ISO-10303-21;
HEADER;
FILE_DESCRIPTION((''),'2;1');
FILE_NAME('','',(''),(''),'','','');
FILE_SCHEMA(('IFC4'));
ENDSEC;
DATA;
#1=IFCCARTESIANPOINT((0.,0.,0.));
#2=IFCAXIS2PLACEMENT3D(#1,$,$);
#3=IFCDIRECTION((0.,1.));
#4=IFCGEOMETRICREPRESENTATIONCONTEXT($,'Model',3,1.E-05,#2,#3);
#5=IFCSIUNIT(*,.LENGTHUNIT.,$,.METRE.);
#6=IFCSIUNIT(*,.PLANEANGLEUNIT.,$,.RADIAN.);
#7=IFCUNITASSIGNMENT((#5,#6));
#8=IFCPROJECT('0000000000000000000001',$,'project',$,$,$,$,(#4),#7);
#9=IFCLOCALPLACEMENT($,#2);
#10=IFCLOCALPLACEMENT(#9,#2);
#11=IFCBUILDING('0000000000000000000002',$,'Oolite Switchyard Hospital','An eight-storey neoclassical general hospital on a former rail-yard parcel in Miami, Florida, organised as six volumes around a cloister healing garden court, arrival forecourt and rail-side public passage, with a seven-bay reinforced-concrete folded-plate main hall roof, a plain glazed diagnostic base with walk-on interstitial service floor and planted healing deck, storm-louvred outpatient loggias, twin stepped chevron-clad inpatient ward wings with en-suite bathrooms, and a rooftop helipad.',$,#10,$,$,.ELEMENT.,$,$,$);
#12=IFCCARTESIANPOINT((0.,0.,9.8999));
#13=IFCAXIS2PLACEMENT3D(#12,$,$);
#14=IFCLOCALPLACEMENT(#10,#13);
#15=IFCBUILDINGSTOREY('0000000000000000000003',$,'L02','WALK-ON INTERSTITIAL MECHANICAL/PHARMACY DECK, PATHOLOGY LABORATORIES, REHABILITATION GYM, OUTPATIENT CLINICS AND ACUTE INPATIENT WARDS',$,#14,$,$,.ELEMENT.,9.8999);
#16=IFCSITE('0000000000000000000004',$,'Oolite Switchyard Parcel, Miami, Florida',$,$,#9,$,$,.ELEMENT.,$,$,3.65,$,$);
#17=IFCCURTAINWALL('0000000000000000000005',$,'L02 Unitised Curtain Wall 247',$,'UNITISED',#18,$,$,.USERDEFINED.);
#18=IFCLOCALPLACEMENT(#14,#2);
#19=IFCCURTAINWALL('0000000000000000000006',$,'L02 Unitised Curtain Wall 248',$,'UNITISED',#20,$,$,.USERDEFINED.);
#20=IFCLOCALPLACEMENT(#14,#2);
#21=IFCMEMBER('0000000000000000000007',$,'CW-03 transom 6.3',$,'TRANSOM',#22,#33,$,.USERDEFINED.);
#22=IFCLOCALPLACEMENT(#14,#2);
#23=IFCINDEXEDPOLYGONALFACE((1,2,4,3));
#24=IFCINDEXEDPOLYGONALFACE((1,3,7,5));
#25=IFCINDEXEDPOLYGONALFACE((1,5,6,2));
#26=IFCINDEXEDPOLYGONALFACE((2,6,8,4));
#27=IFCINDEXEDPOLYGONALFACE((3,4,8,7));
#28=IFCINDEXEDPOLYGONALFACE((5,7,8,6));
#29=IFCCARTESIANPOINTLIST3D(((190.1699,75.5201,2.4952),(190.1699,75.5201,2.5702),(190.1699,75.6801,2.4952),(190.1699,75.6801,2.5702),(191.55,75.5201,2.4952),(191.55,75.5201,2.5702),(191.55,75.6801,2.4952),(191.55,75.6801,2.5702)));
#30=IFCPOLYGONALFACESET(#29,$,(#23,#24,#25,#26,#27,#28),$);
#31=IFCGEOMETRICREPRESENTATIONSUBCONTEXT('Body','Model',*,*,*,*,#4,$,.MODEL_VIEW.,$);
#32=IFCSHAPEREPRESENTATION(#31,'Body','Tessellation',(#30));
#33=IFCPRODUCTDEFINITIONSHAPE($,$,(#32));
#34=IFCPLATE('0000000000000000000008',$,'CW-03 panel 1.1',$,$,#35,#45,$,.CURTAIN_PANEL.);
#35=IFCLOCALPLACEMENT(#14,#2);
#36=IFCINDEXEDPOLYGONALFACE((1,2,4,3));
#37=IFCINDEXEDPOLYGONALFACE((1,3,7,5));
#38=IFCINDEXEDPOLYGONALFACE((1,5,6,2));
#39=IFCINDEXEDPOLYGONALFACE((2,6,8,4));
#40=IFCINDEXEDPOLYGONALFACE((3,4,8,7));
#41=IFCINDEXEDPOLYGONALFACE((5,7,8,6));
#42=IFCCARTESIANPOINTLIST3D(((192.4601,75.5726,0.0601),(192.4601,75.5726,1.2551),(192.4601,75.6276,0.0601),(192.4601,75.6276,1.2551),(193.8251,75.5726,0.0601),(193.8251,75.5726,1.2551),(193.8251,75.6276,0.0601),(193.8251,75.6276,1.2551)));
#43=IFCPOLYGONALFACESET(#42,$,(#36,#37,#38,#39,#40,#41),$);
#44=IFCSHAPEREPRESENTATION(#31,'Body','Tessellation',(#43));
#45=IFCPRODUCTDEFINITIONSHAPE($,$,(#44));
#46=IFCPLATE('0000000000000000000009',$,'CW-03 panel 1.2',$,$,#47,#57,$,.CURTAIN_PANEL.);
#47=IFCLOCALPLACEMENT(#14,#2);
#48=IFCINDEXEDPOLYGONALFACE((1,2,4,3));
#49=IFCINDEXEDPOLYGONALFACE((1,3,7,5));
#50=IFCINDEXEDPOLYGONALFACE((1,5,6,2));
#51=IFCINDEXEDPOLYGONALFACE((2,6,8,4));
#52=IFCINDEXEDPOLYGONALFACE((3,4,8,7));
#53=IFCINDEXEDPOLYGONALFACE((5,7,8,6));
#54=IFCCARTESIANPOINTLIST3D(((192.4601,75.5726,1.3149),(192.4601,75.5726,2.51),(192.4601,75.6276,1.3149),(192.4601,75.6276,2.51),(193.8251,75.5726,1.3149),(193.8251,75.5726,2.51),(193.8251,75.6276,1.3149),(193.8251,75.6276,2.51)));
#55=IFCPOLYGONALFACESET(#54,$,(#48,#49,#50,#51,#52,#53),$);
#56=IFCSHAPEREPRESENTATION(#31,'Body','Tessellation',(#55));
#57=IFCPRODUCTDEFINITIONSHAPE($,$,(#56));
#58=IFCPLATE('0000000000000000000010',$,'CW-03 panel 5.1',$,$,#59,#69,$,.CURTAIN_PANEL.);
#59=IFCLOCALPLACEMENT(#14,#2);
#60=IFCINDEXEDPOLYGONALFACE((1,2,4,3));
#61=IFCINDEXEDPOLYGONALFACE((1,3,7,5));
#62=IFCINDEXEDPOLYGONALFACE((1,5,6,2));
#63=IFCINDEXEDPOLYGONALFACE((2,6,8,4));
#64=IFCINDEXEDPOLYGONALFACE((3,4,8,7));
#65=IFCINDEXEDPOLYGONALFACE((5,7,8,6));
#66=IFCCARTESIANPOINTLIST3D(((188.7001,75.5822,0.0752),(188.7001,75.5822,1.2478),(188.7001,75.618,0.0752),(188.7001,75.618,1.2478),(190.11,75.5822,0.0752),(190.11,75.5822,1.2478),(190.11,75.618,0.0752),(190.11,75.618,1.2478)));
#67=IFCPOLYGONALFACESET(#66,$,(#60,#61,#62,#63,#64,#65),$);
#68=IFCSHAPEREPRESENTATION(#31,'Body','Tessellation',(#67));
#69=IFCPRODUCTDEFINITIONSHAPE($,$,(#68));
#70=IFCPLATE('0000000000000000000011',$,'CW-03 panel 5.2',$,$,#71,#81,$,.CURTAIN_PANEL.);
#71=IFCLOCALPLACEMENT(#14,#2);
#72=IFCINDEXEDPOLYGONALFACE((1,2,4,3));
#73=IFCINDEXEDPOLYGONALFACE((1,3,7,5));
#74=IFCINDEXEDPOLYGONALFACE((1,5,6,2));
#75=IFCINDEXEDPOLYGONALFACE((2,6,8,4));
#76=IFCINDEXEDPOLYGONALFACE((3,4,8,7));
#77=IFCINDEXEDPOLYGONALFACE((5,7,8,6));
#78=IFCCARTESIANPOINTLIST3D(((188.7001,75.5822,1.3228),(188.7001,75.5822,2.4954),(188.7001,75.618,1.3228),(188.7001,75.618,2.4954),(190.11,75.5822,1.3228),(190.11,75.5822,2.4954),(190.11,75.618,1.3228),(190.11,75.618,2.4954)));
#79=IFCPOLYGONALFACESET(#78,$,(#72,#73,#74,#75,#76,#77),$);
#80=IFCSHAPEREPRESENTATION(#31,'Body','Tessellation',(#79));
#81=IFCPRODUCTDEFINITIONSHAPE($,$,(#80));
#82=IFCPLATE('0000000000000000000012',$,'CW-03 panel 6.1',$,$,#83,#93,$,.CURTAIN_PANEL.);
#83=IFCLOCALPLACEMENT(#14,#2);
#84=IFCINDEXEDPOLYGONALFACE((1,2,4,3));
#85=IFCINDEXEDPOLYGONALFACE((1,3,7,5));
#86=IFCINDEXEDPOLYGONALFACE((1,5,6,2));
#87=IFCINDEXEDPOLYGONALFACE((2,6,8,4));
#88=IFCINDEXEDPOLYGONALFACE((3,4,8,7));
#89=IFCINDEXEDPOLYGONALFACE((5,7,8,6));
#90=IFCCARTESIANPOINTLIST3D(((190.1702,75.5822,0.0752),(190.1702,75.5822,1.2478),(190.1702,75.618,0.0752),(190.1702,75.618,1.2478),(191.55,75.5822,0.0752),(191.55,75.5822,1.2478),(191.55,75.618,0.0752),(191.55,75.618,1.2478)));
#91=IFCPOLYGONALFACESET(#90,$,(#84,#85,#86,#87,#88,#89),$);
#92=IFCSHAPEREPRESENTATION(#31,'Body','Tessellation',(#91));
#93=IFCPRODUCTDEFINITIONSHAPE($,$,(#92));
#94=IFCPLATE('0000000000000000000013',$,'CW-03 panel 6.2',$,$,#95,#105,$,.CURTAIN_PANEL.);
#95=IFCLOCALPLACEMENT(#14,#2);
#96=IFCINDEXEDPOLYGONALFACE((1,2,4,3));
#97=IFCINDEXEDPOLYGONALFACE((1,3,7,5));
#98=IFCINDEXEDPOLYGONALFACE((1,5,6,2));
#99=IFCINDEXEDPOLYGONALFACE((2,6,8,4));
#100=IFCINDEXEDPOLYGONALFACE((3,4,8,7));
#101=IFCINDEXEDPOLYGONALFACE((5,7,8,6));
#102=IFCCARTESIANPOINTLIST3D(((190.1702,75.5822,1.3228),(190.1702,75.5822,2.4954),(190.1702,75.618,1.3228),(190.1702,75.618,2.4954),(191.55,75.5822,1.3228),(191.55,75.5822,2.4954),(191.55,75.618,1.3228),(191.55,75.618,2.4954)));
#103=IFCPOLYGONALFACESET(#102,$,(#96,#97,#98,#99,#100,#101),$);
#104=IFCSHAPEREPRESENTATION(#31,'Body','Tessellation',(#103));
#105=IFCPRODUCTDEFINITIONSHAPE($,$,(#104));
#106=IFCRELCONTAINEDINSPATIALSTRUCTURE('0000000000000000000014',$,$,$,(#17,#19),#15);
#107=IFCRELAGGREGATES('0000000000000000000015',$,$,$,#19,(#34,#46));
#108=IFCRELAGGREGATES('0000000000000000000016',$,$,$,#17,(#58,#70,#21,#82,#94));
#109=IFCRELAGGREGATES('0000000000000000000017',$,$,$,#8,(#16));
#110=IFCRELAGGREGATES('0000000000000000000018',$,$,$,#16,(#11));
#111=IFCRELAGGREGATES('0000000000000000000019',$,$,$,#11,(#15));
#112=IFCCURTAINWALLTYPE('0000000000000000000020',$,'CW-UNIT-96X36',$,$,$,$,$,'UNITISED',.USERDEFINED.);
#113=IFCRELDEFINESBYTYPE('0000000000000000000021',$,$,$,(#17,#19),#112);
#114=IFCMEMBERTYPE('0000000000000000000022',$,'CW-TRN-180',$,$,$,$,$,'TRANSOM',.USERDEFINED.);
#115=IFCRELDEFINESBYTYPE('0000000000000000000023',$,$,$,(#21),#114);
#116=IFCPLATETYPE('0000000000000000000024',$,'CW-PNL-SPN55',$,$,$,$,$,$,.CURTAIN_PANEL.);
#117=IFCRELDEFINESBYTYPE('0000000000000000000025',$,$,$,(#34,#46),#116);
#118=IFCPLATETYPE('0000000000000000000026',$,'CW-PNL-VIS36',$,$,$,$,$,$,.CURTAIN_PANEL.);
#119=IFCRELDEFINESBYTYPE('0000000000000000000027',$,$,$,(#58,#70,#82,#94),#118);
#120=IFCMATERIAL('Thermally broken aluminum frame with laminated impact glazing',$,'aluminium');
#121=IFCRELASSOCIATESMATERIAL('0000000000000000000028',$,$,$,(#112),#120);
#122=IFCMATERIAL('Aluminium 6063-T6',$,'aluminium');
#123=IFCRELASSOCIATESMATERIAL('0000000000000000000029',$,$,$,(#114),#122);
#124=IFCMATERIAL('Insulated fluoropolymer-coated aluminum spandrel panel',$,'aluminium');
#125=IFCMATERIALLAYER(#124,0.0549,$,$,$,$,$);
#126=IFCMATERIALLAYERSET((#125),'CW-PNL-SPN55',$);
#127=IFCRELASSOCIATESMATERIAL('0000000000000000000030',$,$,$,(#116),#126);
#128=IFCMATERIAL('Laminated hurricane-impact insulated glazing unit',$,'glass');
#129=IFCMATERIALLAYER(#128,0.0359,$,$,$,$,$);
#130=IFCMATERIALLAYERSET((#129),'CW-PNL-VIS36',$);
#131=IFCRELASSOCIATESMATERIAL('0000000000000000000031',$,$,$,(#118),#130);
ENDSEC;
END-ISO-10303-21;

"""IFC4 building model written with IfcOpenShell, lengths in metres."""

from ifc_helpers import new_model, si_unit, direction, frame, origin, origin_2d, place, context, subcontext, project, spatial, rectangle, extrude, material, layer, layer_set, material_profile, profile_set, type_object, element, aggregate, save


model = new_model("IFC4")

# Units and contexts
model_context = context("Model", 3, precision=1e-05, world=origin(), true_north=direction((0.0, 1.0)))
body_context = subcontext(model_context, "Body", "Model", "MODEL_VIEW")
ifc_project = project(units=[si_unit("LENGTHUNIT", "METRE"), si_unit("PLANEANGLEUNIT", "RADIAN")], contexts=[model_context])

# Site, building, storey
site_placement = place(None, origin())
site = spatial("IfcSite", under=ifc_project, at=site_placement, Name="Oolite Switchyard Parcel, Miami, Florida", CompositionType="ELEMENT", RefElevation=3.65)
building_placement = place(site_placement, origin())
building = spatial("IfcBuilding", under=site, at=building_placement, Name="Oolite Switchyard Hospital", Description="An eight-storey neoclassical general hospital on a former rail-yard parcel in Miami, Florida, organised as six volumes around a cloister healing garden court, arrival forecourt and rail-side public passage, with a seven-bay reinforced-concrete folded-plate main hall roof, a plain glazed diagnostic base with walk-on interstitial service floor and planted healing deck, storm-louvred outpatient loggias, twin stepped chevron-clad inpatient ward wings with en-suite bathrooms, and a rooftop helipad.", CompositionType="ELEMENT")
storey_placement = place(building_placement, frame((0.0, 0.0, 9.8999)))
storey = spatial("IfcBuildingStorey", under=building, at=storey_placement, Name="L02", Description="WALK-ON INTERSTITIAL MECHANICAL/PHARMACY DECK, PATHOLOGY LABORATORIES, REHABILITATION GYM, OUTPATIENT CLINICS AND ACUTE INPATIENT WARDS", CompositionType="ELEMENT", Elevation=9.8999)

# Curtain walls
ifc_material_1 = material(Name="Thermally broken aluminum frame with laminated impact glazing", Category="aluminium")
curtain_wall_type = type_object("IfcCurtainWallType", Name="CW-UNIT-96X36", ElementType="UNITISED", PredefinedType="USERDEFINED", material=ifc_material_1)
curtain_wall_1_placement = place(storey_placement, origin())
curtain_wall_1 = element("IfcCurtainWall", 1, at=curtain_wall_1_placement, inside=storey, type_object=curtain_wall_type, Name="L02 Unitised Curtain Wall 247", ObjectType="UNITISED", PredefinedType="USERDEFINED")
ifc_material_2 = material(Name="Aluminium 6063-T6", Category="aluminium")
curtain_wall_2_placement = place(storey_placement, origin())
curtain_wall_2 = element("IfcCurtainWall", 2, at=curtain_wall_2_placement, inside=storey, type_object=curtain_wall_type, Name="L02 Unitised Curtain Wall 248", ObjectType="UNITISED", PredefinedType="USERDEFINED")

# Member
ifc_material_profile_1 = material_profile(ifc_material_2, rectangle(XDim=0.1599, YDim=0.075, at=origin_2d()), Name="CWT75X160")
ifc_profile_set_1 = profile_set([ifc_material_profile_1], Name="Aluminium 6063-T6")
member_type_1 = type_object("IfcMemberType", Name="CW-TRN-180", ElementType="TRANSOM", PredefinedType="USERDEFINED", material=ifc_profile_set_1)
member_1_placement = place(storey_placement, frame((190.1699, 75.6001, 2.5327), z_axis=(1.0, 0.0, 0.0), x_axis=(0.0, 1.0, 0.0)))
member_1 = element("IfcMember", 3, at=member_1_placement, type_object=member_type_1, Name="CW-03 transom 6.3", ObjectType="TRANSOM", PredefinedType="USERDEFINED", context=body_context, shape_type="SweptSolid", body=[
    extrude(rectangle(XDim=0.1599, YDim=0.075, at=origin_2d()), origin(), (0.0, 0.0, 1.0), 1.3801),
])

# Plates
ifc_material_3 = material(Name="Insulated fluoropolymer-coated aluminum spandrel panel", Category="aluminium")
ifc_layer_1 = layer(ifc_material_3, 0.0549)
ifc_layer_set_1 = layer_set([ifc_layer_1], Name="CW-PNL-SPN55")
plate_type_1 = type_object("IfcPlateType", Name="CW-PNL-SPN55", PredefinedType="CURTAIN_PANEL", material=ifc_layer_set_1)
plate_1_placement = place(storey_placement, frame((193.1426, 75.6001, 0.0601), z_axis=(0.0, 0.0, 1.0), x_axis=(1.0, 0.0, 0.0)))
plate_1 = element("IfcPlate", 4, at=plate_1_placement, type_object=plate_type_1, Name="CW-03 panel 1.1", PredefinedType="CURTAIN_PANEL", context=body_context, shape_type="SweptSolid", body=[
    extrude(rectangle(XDim=1.365, YDim=0.0549, at=origin_2d()), origin(), (0.0, 0.0, 1.0), 1.1951),
])
plate_2_placement = place(storey_placement, frame((193.1426, 75.6001, 1.3149), z_axis=(0.0, 0.0, 1.0), x_axis=(1.0, 0.0, 0.0)))
plate_2 = element("IfcPlate", 5, at=plate_2_placement, type_object=plate_type_1, Name="CW-03 panel 1.2", PredefinedType="CURTAIN_PANEL", context=body_context, shape_type="SweptSolid", body=[
    extrude(rectangle(XDim=1.365, YDim=0.0549, at=origin_2d()), origin(), (0.0, 0.0, 1.0), 1.1951),
])
aggregate(curtain_wall_2, [plate_1, plate_2])
ifc_material_4 = material(Name="Laminated hurricane-impact insulated glazing unit", Category="glass")
ifc_layer_2 = layer(ifc_material_4, 0.0359)
ifc_layer_set_2 = layer_set([ifc_layer_2], Name="CW-PNL-VIS36")
plate_type_2 = type_object("IfcPlateType", Name="CW-PNL-VIS36", PredefinedType="CURTAIN_PANEL", material=ifc_layer_set_2)
plate_3_placement = place(storey_placement, frame((189.405, 75.6001, 0.0752), z_axis=(0.0, 0.0, 1.0), x_axis=(1.0, 0.0, 0.0)))
plate_3 = element("IfcPlate", 6, at=plate_3_placement, type_object=plate_type_2, Name="CW-03 panel 5.1", PredefinedType="CURTAIN_PANEL", context=body_context, shape_type="SweptSolid", body=[
    extrude(rectangle(XDim=1.4099, YDim=0.0359, at=origin_2d()), origin(), (0.0, 0.0, 1.0), 1.1726),
])
plate_4_placement = place(storey_placement, frame((189.405, 75.6001, 1.3228), z_axis=(0.0, 0.0, 1.0), x_axis=(1.0, 0.0, 0.0)))
plate_4 = element("IfcPlate", 7, at=plate_4_placement, type_object=plate_type_2, Name="CW-03 panel 5.2", PredefinedType="CURTAIN_PANEL", context=body_context, shape_type="SweptSolid", body=[
    extrude(rectangle(XDim=1.4099, YDim=0.0359, at=origin_2d()), origin(), (0.0, 0.0, 1.0), 1.1726),
])
plate_5_placement = place(storey_placement, frame((190.8601, 75.6001, 0.0752), z_axis=(0.0, 0.0, 1.0), x_axis=(1.0, 0.0, 0.0)))
plate_5 = element("IfcPlate", 8, at=plate_5_placement, type_object=plate_type_2, Name="CW-03 panel 6.1", PredefinedType="CURTAIN_PANEL", context=body_context, shape_type="SweptSolid", body=[
    extrude(rectangle(XDim=1.3799, YDim=0.0359, at=origin_2d()), origin(), (0.0, 0.0, 1.0), 1.1726),
])
plate_6_placement = place(storey_placement, frame((190.8601, 75.6001, 1.3228), z_axis=(0.0, 0.0, 1.0), x_axis=(1.0, 0.0, 0.0)))
plate_6 = element("IfcPlate", 9, at=plate_6_placement, type_object=plate_type_2, Name="CW-03 panel 6.2", PredefinedType="CURTAIN_PANEL", context=body_context, shape_type="SweptSolid", body=[
    extrude(rectangle(XDim=1.3799, YDim=0.0359, at=origin_2d()), origin(), (0.0, 0.0, 1.0), 1.1726),
])
aggregate(curtain_wall_1, [plate_3, plate_4, member_1, plate_5, plate_6])

save(model, "model.ifc")
